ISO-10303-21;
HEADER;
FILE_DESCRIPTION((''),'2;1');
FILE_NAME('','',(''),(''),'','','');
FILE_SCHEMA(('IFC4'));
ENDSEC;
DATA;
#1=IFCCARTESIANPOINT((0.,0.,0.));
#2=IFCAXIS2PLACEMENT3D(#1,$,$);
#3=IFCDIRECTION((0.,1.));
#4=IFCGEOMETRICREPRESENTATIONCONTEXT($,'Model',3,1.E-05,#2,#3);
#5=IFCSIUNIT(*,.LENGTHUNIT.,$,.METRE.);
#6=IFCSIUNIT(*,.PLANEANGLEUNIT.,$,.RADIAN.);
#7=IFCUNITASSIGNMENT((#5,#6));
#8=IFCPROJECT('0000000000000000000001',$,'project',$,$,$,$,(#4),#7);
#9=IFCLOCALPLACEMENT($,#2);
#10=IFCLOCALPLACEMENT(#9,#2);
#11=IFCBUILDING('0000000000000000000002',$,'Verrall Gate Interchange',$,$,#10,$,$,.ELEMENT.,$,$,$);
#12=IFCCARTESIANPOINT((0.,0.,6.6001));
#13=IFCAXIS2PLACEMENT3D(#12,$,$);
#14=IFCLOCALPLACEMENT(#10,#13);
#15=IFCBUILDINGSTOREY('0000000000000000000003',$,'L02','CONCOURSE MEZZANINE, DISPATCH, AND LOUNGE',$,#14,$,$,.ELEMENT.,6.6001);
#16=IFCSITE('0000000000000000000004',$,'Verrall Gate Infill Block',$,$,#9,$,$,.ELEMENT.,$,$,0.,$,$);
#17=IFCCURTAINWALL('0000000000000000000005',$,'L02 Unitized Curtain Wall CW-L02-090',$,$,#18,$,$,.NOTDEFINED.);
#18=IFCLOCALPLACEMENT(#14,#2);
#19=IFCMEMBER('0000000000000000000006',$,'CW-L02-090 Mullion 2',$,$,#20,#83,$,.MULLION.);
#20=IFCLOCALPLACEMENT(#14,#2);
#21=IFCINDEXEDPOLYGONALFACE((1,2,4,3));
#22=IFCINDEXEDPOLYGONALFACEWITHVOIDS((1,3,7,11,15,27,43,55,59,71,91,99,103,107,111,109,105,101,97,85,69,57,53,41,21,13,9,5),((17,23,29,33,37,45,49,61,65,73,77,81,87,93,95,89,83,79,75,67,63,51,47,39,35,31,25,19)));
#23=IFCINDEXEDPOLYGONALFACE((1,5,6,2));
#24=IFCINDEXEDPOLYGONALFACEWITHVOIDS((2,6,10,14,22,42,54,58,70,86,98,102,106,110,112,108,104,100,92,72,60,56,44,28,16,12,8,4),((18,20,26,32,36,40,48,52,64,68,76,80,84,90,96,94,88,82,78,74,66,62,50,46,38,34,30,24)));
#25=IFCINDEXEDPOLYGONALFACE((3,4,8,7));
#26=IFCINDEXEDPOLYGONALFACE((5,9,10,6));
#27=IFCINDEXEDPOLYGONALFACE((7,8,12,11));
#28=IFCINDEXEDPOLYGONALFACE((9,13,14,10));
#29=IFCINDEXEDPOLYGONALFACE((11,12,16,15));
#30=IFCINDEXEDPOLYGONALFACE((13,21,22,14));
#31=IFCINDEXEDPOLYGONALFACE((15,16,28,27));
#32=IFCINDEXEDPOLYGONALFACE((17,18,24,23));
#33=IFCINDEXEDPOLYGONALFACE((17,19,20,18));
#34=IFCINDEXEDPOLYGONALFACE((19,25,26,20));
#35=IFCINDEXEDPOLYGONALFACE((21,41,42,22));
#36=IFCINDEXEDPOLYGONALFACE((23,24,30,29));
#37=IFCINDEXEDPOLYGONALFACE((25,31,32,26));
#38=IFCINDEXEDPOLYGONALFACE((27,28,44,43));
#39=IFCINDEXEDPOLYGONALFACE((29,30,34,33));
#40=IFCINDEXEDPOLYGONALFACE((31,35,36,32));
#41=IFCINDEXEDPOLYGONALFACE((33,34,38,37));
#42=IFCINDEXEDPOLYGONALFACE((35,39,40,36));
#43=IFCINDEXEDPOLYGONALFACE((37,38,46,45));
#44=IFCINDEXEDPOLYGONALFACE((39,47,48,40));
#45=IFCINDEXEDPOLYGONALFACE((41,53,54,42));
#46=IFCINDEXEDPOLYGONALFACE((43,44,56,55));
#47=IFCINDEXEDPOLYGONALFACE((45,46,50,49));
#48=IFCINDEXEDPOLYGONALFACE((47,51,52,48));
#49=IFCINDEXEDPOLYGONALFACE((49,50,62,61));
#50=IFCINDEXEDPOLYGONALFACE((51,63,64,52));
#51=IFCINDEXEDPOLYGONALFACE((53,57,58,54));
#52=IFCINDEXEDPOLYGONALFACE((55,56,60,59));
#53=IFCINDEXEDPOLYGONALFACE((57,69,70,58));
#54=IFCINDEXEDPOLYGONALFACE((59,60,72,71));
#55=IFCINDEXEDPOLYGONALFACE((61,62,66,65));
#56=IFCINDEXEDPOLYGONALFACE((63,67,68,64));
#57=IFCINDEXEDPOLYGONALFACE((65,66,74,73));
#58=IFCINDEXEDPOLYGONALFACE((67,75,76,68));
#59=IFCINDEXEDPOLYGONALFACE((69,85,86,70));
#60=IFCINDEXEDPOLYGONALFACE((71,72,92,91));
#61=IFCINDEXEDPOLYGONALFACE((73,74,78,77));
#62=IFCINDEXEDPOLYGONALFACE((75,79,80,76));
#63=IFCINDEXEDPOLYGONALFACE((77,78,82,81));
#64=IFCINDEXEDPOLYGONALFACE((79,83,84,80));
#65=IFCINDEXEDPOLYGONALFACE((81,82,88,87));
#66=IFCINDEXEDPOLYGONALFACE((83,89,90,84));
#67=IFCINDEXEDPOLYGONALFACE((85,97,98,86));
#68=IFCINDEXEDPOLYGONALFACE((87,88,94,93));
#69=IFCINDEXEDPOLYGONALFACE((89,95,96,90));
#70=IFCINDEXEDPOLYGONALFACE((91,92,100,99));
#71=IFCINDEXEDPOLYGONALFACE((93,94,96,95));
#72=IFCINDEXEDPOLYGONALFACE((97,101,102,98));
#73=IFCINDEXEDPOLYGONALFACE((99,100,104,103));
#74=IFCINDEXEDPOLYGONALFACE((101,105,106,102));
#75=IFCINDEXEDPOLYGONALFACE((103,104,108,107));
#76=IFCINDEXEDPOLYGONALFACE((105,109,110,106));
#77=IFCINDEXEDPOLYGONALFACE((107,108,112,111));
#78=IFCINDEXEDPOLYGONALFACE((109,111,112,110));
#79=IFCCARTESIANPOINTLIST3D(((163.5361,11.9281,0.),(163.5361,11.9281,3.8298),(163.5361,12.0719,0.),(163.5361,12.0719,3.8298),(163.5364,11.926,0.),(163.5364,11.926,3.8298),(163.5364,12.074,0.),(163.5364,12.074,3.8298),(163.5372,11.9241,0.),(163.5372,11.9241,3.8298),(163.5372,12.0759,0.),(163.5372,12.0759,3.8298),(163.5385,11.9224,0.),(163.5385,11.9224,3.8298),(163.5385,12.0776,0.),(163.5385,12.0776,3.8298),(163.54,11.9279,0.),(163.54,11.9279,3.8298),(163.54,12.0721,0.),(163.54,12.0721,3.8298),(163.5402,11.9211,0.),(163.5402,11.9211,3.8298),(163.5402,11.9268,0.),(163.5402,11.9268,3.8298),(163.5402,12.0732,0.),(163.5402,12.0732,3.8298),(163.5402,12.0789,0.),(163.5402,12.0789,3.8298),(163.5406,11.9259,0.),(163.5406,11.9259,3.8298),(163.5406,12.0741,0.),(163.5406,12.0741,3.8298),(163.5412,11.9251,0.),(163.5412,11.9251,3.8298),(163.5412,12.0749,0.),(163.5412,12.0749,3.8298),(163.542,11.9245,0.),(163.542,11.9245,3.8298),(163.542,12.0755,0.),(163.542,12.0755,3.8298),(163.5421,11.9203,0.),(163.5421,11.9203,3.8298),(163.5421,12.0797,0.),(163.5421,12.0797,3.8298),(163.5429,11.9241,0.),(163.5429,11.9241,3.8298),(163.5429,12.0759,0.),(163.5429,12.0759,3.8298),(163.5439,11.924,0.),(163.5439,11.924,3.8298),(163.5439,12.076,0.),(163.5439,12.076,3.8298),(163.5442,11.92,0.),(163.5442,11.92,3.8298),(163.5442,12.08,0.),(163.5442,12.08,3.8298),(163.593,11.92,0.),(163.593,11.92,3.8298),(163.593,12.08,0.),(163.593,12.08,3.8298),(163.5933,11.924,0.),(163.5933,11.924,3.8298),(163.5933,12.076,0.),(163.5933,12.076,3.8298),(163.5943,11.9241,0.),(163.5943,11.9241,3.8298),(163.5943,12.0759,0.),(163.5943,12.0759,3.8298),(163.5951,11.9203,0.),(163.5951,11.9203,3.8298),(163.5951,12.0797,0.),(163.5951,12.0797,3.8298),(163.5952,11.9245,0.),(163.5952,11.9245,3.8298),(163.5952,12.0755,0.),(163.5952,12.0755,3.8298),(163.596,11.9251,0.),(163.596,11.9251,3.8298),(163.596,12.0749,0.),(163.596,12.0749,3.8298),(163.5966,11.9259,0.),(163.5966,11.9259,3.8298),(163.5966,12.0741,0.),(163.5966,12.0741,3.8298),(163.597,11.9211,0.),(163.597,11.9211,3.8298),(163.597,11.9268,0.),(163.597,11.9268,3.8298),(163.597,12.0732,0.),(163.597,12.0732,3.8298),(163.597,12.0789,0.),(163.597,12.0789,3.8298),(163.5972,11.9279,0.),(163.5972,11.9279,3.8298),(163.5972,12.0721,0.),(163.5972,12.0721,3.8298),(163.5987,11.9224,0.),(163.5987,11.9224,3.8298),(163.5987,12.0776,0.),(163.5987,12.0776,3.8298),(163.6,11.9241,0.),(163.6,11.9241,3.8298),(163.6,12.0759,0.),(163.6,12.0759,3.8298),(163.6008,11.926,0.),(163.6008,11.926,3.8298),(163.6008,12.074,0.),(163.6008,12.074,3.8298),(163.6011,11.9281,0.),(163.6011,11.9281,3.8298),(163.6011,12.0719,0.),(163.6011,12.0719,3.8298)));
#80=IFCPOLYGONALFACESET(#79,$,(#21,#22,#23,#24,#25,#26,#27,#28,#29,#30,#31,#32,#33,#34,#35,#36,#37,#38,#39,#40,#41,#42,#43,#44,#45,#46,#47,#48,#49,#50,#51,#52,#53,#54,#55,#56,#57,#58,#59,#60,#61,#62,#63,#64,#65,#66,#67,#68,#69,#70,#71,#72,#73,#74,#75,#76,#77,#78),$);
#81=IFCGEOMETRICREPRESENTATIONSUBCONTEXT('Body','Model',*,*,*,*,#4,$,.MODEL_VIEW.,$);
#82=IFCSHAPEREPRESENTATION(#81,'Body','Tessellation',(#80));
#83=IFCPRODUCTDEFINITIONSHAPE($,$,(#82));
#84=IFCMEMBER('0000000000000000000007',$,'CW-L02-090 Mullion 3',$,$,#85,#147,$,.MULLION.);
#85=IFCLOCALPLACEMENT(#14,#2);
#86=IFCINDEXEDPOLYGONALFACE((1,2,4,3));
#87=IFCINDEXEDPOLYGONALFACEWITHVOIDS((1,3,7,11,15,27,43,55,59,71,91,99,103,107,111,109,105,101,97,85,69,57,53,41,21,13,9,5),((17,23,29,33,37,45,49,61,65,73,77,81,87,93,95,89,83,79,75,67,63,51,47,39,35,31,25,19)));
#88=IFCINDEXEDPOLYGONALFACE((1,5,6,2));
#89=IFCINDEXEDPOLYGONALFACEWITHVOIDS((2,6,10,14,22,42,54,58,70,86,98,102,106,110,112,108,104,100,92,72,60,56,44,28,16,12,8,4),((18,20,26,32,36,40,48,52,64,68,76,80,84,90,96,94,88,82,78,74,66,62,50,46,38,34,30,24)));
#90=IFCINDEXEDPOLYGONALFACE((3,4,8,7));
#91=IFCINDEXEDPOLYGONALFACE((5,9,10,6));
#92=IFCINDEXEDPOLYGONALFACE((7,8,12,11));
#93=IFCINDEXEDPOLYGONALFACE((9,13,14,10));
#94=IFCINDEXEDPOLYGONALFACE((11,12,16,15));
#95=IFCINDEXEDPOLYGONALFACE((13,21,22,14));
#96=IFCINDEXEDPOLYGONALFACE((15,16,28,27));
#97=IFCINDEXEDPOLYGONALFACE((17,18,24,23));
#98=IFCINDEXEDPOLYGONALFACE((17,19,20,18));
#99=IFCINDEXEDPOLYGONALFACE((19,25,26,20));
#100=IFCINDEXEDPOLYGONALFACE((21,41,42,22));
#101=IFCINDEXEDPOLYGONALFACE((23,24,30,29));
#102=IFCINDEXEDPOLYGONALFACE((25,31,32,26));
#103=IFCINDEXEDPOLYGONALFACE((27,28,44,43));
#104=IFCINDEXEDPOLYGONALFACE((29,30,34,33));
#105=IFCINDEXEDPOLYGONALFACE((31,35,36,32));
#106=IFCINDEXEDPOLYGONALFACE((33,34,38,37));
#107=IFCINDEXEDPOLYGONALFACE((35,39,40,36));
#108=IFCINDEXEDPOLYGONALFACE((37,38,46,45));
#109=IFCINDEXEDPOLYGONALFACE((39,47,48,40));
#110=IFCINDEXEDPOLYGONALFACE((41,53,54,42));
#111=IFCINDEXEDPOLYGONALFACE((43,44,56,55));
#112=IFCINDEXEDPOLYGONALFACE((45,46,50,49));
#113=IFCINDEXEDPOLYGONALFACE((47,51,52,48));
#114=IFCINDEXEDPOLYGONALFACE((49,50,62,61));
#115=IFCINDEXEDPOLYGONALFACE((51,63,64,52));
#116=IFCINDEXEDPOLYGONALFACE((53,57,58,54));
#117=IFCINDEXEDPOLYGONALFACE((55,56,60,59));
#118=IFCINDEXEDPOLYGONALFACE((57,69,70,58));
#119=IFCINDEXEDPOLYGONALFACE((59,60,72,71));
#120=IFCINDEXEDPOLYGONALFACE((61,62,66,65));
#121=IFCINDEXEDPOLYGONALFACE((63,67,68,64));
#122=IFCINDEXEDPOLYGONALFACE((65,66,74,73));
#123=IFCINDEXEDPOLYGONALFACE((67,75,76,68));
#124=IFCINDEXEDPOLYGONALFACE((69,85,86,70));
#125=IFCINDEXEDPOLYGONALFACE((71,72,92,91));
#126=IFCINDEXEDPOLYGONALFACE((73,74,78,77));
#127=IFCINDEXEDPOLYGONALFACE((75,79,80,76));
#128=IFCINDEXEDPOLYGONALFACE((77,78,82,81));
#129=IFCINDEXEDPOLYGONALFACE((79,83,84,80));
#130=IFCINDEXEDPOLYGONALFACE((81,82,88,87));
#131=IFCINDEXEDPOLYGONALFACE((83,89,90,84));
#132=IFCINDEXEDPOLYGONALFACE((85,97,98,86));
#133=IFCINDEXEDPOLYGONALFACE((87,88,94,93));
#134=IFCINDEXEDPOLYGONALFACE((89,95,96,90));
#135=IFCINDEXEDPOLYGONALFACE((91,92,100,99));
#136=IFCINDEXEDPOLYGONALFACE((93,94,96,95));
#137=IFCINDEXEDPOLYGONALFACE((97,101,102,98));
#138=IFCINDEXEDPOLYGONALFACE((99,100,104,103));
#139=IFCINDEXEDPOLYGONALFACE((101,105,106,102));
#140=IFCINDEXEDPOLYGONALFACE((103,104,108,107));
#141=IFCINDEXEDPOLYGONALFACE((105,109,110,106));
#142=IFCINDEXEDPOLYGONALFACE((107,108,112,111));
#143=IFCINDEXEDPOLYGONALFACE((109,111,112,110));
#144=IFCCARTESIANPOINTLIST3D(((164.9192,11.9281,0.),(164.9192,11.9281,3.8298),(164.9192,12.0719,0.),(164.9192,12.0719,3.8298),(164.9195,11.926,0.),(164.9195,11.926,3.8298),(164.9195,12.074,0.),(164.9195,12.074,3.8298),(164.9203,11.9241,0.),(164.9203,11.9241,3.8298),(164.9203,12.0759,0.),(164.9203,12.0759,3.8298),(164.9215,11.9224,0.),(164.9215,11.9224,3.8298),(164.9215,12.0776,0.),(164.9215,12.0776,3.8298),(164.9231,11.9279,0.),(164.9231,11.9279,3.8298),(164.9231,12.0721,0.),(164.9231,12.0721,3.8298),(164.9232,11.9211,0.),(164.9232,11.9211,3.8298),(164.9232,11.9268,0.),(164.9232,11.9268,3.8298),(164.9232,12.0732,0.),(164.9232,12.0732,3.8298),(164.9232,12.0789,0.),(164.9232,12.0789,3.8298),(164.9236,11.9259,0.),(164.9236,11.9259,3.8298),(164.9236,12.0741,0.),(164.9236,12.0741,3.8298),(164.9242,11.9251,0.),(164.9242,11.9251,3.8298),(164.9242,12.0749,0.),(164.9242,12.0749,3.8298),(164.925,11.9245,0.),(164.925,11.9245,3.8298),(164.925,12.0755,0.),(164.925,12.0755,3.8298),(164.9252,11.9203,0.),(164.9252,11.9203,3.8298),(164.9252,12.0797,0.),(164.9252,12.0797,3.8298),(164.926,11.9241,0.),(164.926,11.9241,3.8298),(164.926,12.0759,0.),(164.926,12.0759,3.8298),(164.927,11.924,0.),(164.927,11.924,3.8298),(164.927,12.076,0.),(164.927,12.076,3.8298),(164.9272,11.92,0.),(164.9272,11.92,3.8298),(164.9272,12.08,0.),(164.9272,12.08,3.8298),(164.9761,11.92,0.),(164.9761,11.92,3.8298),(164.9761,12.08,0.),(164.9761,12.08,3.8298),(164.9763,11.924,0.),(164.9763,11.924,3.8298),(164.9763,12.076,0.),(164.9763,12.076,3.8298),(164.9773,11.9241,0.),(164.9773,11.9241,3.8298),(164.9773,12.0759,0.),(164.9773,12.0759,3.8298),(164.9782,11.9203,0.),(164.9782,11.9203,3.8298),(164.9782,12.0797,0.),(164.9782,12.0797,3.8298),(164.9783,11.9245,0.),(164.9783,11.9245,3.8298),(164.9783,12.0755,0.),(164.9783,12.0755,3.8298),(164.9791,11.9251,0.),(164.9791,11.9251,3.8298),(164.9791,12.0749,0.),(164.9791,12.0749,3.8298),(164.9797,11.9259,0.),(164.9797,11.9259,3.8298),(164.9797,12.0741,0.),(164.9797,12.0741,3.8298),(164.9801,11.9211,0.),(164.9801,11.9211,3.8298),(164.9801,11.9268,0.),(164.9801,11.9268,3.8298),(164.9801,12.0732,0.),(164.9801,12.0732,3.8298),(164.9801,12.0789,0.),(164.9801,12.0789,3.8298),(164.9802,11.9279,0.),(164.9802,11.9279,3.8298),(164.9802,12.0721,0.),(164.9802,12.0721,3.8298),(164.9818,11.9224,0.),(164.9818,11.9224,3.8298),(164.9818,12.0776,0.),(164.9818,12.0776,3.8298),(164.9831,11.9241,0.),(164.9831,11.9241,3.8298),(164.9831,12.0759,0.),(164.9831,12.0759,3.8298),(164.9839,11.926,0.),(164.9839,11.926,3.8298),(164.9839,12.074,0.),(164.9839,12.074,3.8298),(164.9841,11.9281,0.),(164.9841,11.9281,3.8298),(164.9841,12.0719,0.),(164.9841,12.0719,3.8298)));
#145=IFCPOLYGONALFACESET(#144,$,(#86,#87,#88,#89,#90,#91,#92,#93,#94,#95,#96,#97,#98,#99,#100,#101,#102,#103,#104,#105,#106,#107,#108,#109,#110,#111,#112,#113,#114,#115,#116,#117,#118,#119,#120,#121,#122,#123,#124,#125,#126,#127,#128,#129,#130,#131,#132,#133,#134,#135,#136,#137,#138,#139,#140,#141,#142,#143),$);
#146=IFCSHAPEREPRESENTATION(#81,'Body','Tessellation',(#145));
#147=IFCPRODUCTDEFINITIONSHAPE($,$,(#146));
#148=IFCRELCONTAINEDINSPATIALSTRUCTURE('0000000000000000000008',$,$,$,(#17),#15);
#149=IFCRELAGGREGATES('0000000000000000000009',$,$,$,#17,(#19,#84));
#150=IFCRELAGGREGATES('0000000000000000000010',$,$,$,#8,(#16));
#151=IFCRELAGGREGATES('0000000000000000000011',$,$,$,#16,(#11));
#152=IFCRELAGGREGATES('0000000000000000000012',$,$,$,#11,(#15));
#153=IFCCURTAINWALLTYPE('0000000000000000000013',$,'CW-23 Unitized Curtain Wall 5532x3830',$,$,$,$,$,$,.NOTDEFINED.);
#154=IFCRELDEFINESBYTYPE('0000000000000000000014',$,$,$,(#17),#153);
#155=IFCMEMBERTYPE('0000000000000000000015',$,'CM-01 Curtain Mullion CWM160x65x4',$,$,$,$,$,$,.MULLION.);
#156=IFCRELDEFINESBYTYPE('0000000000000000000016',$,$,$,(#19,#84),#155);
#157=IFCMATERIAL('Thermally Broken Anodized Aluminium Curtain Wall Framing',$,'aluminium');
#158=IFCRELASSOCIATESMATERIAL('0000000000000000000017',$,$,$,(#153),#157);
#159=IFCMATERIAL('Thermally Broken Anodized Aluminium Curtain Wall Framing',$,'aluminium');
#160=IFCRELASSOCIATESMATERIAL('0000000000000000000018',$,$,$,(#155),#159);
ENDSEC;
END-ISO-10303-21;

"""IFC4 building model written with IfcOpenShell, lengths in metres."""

from ifc_helpers import new_model, si_unit, direction, frame, origin, origin_2d, place, context, subcontext, project, spatial, hollow_rectangle, extrude, material, material_profile, profile_set, type_object, element, aggregate, save


model = new_model("IFC4")

# Units and contexts
model_context = context("Model", 3, precision=1e-05, world=origin(), true_north=direction((0.0, 1.0)))
body_context = subcontext(model_context, "Body", "Model", "MODEL_VIEW")
ifc_project = project(units=[si_unit("LENGTHUNIT", "METRE"), si_unit("PLANEANGLEUNIT", "RADIAN")], contexts=[model_context])

# Site, building, storey
site_placement = place(None, origin())
site = spatial("IfcSite", under=ifc_project, at=site_placement, Name="Verrall Gate Infill Block", CompositionType="ELEMENT", RefElevation=0.0)
building_placement = place(site_placement, origin())
building = spatial("IfcBuilding", under=site, at=building_placement, Name="Verrall Gate Interchange", CompositionType="ELEMENT")
storey_placement = place(building_placement, frame((0.0, 0.0, 6.6001)))
storey = spatial("IfcBuildingStorey", under=building, at=storey_placement, Name="L02", Description="CONCOURSE MEZZANINE, DISPATCH, AND LOUNGE", CompositionType="ELEMENT", Elevation=6.6001)

# Curtain wall, members
ifc_material_1 = material(Name="Thermally Broken Anodized Aluminium Curtain Wall Framing", Category="aluminium")
curtain_wall_type_1 = type_object("IfcCurtainWallType", Name="CW-23 Unitized Curtain Wall 5532x3830", PredefinedType="NOTDEFINED", material=ifc_material_1)
curtain_wall_1_placement = place(storey_placement, origin())
curtain_wall_1 = element("IfcCurtainWall", 1, at=curtain_wall_1_placement, inside=storey, type_object=curtain_wall_type_1, Name="L02 Unitized Curtain Wall CW-L02-090", PredefinedType="NOTDEFINED")
ifc_material_2 = material(Name="Thermally Broken Anodized Aluminium Curtain Wall Framing", Category="aluminium")
ifc_material_profile_1 = material_profile(ifc_material_2, hollow_rectangle(XDim=0.0649, YDim=0.1599, WallThickness=0.0039, InnerFilletRadius=0.0039, OuterFilletRadius=0.0081, at=origin_2d()), Name="CWM160x65x4")
ifc_profile_set_1 = profile_set([ifc_material_profile_1], Name="Thermally Broken Anodized Aluminium Curtain Wall Framing")
member_type_1 = type_object("IfcMemberType", Name="CM-01 Curtain Mullion CWM160x65x4", PredefinedType="MULLION", material=ifc_profile_set_1)
member_1_placement = place(storey_placement, frame((163.5686, 12.0, 0.0), z_axis=(0.0, 0.0, 1.0), x_axis=(1.0, 0.0, 0.0)))
member_1 = element("IfcMember", 2, at=member_1_placement, type_object=member_type_1, Name="CW-L02-090 Mullion 2", PredefinedType="MULLION", context=body_context, shape_type="SweptSolid", body=[
    extrude(hollow_rectangle(XDim=0.0649, YDim=0.1599, WallThickness=0.0039, InnerFilletRadius=0.0039, OuterFilletRadius=0.0081, at=origin_2d()), origin(), (0.0, 0.0, 1.0), 3.8298),
])
member_2_placement = place(storey_placement, frame((164.9517, 12.0, 0.0), z_axis=(0.0, 0.0, 1.0), x_axis=(1.0, 0.0, 0.0)))
member_2 = element("IfcMember", 3, at=member_2_placement, type_object=member_type_1, Name="CW-L02-090 Mullion 3", PredefinedType="MULLION", context=body_context, shape_type="SweptSolid", body=[
    extrude(hollow_rectangle(XDim=0.0649, YDim=0.1599, WallThickness=0.0039, InnerFilletRadius=0.0039, OuterFilletRadius=0.0081, at=origin_2d()), origin(), (0.0, 0.0, 1.0), 3.8298),
])

aggregate(curtain_wall_1, [member_1, member_2])

save(model, "model.ifc")
